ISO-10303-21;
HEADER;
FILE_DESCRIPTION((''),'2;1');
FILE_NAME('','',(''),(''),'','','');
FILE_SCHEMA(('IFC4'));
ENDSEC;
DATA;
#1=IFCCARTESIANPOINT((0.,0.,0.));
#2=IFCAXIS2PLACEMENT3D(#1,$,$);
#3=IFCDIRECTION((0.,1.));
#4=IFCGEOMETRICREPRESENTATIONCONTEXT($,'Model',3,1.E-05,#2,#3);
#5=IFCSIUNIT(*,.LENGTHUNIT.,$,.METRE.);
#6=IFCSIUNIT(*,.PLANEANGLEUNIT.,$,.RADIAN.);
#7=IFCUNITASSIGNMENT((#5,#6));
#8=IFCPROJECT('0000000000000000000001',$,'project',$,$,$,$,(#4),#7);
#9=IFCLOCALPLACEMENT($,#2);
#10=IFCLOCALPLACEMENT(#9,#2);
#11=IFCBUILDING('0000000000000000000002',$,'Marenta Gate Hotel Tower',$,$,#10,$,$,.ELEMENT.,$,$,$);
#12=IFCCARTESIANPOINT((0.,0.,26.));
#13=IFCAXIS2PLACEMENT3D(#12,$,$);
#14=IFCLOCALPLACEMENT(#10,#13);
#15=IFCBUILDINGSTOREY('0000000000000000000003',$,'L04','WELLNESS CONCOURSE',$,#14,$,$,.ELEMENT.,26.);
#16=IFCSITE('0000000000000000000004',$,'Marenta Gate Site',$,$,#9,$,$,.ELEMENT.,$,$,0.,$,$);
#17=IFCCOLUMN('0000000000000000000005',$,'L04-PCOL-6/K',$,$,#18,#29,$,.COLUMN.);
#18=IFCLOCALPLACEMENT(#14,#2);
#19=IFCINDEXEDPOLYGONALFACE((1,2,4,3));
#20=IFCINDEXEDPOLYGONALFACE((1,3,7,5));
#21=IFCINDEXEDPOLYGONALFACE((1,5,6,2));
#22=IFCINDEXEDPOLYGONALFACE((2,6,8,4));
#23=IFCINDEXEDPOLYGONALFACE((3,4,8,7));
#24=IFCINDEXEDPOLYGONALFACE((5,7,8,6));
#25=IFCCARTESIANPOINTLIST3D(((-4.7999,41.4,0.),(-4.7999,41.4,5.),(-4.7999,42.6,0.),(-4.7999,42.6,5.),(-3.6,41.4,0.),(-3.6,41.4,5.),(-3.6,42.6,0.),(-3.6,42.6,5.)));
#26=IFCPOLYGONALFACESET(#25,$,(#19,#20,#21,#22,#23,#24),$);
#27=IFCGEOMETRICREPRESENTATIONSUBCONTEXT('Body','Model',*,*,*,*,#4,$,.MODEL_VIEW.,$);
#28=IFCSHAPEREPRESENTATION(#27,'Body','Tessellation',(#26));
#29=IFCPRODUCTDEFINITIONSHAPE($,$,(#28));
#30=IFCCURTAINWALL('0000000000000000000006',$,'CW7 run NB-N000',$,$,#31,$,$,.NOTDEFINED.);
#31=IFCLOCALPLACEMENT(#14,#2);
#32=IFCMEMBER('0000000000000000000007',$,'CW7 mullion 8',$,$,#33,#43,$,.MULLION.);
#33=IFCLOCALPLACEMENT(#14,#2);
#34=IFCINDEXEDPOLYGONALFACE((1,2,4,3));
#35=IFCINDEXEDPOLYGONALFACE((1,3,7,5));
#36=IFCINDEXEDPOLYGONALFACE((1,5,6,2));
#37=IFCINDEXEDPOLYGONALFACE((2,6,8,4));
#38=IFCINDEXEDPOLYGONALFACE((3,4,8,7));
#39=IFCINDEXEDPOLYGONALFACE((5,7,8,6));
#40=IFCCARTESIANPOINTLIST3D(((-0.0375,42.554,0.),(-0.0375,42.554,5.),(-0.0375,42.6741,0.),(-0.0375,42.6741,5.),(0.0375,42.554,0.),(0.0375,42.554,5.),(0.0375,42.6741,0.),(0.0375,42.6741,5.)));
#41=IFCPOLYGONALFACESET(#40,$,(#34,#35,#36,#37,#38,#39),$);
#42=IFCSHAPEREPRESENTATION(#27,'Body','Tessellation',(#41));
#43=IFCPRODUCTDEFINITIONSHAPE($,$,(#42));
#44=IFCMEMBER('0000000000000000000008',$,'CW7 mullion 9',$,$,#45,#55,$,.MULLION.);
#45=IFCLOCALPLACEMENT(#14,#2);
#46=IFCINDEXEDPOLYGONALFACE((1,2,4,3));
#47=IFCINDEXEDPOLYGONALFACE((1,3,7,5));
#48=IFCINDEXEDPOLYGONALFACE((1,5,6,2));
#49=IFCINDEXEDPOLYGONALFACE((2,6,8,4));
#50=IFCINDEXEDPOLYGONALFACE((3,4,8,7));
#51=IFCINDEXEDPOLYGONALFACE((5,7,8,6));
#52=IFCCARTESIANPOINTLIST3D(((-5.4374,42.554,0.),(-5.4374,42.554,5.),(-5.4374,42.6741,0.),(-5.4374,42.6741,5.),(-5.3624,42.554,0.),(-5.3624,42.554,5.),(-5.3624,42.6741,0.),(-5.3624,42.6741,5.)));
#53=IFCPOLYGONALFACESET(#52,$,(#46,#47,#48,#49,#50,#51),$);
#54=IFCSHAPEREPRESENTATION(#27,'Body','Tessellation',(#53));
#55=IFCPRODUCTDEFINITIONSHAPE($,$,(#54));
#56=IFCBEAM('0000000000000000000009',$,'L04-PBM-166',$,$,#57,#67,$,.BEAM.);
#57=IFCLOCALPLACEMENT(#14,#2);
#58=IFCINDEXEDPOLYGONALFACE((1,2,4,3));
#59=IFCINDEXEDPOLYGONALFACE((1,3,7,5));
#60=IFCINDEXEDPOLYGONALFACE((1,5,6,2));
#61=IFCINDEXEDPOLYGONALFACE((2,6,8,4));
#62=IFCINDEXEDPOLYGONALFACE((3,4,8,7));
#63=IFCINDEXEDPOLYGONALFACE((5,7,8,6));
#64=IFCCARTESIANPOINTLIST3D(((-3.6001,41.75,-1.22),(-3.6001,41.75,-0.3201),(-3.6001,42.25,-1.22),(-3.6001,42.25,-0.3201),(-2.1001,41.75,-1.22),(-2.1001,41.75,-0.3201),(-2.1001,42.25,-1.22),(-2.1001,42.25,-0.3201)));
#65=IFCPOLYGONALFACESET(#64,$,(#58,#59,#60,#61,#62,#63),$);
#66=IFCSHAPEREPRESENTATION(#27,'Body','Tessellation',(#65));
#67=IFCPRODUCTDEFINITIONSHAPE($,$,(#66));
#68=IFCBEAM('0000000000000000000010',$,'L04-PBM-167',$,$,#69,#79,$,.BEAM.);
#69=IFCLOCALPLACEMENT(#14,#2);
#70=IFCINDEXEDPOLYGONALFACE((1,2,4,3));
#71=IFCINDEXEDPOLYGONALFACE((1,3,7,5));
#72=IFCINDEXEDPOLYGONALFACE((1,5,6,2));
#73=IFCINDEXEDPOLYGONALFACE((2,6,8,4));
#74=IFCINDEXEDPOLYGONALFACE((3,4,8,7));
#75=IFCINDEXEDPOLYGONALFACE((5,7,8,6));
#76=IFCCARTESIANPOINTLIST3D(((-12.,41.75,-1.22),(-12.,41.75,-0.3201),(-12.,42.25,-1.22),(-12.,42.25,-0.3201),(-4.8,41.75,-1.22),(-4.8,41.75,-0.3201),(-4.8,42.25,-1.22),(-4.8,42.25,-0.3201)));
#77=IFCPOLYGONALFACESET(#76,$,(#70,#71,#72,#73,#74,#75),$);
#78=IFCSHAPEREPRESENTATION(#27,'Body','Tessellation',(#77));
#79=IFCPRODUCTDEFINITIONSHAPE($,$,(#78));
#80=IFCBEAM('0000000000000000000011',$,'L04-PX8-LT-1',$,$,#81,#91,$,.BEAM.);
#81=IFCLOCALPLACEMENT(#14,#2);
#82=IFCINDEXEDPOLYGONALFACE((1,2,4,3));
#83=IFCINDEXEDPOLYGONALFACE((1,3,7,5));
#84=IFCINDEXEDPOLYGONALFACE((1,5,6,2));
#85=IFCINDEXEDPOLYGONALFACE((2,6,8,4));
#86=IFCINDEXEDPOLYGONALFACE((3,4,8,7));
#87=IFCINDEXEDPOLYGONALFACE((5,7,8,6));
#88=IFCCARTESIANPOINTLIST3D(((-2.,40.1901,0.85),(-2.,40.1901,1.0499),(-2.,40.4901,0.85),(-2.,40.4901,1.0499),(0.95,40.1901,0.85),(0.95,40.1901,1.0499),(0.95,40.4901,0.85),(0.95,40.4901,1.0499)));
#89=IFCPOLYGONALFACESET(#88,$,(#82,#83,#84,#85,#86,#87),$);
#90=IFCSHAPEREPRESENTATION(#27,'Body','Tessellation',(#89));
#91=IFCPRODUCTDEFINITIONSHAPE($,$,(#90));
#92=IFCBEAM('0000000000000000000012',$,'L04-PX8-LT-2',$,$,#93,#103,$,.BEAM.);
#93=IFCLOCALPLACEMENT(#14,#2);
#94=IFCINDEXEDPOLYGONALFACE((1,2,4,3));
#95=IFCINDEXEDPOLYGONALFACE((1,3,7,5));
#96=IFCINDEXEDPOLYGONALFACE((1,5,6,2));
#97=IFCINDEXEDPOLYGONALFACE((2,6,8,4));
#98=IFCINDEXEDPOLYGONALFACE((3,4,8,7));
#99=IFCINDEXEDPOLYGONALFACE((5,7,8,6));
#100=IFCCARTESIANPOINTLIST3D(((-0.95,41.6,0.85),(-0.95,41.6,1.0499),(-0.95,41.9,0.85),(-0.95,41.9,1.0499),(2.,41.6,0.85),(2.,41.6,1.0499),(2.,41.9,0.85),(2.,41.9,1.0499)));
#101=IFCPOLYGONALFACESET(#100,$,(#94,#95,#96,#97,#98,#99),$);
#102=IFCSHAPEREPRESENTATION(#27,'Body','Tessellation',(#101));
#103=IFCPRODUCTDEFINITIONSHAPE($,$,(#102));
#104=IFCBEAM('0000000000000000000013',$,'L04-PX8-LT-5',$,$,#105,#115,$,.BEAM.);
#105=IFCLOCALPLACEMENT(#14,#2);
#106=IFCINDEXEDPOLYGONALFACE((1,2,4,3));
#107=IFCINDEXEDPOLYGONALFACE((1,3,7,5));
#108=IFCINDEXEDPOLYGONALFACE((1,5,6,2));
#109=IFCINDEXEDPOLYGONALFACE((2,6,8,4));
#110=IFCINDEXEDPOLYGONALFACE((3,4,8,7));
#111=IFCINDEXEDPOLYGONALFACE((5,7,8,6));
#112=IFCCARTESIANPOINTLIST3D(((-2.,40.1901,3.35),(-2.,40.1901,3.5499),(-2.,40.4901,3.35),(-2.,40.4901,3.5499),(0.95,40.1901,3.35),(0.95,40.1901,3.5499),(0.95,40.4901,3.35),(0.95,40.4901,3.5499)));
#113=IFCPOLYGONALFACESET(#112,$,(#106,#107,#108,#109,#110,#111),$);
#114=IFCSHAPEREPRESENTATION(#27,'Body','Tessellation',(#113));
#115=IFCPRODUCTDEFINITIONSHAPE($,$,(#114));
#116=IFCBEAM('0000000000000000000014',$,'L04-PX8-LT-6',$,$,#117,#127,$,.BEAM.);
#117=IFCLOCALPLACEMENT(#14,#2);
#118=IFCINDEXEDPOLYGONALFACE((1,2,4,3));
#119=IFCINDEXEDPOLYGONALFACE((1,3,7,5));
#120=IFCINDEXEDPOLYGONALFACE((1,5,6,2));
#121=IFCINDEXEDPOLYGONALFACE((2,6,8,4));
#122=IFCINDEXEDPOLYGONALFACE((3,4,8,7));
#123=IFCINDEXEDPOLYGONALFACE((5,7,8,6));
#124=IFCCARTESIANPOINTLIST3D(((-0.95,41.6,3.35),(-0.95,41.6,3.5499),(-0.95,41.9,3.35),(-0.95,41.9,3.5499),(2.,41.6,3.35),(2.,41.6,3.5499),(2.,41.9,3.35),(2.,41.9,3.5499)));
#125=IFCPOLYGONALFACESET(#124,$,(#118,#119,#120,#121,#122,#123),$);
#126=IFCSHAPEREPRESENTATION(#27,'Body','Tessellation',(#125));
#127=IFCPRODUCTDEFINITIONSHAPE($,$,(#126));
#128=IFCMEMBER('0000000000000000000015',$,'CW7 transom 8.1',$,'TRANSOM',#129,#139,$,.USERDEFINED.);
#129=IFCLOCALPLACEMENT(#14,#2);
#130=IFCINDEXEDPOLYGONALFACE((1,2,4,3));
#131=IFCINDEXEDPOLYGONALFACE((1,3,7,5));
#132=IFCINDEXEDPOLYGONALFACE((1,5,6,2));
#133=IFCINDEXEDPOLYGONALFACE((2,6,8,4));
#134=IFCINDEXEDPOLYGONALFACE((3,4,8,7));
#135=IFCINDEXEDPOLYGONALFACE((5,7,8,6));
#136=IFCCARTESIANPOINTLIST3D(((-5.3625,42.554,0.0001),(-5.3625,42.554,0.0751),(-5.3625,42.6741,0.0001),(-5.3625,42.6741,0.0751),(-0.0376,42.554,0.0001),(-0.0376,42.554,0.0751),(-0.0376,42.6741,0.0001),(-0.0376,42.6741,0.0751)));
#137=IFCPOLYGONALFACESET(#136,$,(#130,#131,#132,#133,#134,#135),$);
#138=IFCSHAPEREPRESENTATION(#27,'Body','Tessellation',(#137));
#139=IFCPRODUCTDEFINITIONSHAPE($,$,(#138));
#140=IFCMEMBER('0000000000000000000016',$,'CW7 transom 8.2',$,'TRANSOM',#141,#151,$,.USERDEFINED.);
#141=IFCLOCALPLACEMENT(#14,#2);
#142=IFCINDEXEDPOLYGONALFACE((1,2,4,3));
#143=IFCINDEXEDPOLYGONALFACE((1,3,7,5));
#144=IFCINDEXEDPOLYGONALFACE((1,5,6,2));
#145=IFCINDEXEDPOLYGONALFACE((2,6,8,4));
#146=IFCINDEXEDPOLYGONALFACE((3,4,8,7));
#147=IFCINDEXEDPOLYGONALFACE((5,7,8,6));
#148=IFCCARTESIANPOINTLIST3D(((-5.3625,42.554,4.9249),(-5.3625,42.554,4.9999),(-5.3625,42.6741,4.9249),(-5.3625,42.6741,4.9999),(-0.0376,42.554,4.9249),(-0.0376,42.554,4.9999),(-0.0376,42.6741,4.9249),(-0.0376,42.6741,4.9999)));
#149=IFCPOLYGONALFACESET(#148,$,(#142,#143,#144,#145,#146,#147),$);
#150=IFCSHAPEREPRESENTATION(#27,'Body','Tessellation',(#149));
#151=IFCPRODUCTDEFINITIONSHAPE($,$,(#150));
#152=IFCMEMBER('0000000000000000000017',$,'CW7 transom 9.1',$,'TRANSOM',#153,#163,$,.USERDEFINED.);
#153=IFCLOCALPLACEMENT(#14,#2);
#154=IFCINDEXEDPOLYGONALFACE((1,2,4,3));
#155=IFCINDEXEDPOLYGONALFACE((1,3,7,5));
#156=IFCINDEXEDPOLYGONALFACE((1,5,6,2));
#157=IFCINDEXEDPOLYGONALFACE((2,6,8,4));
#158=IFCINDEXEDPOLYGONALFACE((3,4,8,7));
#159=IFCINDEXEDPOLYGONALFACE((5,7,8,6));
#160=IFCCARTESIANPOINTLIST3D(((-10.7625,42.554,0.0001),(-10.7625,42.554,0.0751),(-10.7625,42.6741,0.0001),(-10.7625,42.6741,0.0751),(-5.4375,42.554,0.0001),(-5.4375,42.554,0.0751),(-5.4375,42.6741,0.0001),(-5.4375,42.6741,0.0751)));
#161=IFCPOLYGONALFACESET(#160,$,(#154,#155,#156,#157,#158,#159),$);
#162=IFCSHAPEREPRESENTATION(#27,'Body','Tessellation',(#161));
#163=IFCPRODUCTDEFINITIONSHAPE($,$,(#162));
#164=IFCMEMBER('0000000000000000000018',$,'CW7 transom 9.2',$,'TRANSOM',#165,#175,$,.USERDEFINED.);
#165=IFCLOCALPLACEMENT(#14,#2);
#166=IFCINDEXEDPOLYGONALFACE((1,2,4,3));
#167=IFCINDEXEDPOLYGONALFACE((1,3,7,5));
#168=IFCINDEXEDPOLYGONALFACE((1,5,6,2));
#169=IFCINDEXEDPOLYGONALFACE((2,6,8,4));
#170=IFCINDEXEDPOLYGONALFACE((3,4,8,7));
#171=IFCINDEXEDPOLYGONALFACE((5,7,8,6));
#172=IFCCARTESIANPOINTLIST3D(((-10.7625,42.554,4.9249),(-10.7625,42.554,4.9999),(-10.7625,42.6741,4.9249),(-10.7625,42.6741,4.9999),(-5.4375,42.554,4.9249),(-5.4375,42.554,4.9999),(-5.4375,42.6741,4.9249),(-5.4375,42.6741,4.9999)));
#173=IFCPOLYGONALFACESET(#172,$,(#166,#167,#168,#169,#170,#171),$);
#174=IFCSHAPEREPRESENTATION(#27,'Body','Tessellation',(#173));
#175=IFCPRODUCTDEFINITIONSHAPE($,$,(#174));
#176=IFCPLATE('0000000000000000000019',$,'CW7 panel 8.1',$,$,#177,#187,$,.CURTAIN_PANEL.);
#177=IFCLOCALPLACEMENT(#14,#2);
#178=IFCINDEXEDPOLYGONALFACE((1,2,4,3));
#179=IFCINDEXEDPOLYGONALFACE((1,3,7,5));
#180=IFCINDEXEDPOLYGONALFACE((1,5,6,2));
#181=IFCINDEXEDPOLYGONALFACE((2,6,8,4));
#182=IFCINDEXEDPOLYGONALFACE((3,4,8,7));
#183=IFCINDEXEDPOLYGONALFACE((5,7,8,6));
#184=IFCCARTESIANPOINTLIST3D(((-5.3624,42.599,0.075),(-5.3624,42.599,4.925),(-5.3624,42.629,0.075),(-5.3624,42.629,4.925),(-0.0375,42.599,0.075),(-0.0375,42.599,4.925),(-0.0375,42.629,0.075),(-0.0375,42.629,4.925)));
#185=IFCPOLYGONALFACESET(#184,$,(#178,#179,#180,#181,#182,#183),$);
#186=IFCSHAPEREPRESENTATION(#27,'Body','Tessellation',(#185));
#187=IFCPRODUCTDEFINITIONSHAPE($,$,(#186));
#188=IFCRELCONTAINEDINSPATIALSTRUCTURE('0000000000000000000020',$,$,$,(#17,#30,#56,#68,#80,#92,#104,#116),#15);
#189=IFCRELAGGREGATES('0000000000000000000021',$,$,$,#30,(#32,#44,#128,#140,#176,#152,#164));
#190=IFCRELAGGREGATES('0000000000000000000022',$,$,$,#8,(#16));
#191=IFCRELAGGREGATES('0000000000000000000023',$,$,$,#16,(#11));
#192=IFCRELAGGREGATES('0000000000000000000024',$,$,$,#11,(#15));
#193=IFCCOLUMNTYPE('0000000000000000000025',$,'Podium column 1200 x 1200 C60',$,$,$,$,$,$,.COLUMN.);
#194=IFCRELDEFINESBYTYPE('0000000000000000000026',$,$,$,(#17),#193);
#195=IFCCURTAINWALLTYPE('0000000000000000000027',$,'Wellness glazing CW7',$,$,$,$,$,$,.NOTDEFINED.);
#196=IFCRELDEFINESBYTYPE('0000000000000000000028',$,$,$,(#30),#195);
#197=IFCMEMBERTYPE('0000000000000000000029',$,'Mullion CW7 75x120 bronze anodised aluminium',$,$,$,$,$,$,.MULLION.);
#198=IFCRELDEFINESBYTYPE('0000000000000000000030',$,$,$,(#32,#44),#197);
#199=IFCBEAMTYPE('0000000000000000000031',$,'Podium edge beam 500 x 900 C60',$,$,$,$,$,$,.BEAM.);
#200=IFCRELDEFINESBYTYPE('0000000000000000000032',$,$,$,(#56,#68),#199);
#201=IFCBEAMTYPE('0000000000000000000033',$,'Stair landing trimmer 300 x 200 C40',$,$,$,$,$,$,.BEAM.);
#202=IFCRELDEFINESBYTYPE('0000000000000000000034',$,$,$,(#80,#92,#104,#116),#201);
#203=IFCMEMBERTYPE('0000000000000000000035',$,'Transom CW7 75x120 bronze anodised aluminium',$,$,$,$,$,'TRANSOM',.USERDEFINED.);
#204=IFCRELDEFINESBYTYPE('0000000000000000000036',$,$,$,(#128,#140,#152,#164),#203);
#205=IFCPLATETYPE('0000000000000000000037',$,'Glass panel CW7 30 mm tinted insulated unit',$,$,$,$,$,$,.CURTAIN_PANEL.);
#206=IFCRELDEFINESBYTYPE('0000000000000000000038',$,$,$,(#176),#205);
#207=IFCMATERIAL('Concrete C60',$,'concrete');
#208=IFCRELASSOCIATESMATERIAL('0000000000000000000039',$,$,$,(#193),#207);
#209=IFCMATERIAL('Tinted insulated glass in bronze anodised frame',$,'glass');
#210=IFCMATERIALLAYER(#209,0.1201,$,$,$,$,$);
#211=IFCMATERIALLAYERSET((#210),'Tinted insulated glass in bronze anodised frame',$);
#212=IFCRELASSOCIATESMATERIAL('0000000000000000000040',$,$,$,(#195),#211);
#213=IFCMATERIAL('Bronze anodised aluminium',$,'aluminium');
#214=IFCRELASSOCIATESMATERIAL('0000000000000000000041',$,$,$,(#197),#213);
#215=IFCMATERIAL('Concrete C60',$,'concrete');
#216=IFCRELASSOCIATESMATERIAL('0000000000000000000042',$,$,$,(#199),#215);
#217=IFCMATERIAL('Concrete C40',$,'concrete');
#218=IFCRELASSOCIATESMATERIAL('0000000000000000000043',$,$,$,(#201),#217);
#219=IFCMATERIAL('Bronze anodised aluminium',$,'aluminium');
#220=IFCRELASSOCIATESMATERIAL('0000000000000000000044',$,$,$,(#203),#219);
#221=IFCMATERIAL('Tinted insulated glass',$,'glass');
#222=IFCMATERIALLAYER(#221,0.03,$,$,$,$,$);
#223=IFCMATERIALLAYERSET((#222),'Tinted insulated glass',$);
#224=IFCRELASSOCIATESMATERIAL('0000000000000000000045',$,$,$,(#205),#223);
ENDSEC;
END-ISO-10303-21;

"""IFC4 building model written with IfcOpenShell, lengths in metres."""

from ifc_helpers import new_model, si_unit, direction, frame, origin, origin_2d, place, context, subcontext, project, spatial, rectangle, extrude, material, layer, layer_set, material_profile, profile_set, type_object, element, aggregate, save


model = new_model("IFC4")

# Units and contexts
model_context = context("Model", 3, precision=1e-05, world=origin(), true_north=direction((0.0, 1.0)))
body_context = subcontext(model_context, "Body", "Model", "MODEL_VIEW")
ifc_project = project(units=[si_unit("LENGTHUNIT", "METRE"), si_unit("PLANEANGLEUNIT", "RADIAN")], contexts=[model_context])

# Site, building, storey
site_placement = place(None, origin())
site = spatial("IfcSite", under=ifc_project, at=site_placement, Name="Marenta Gate Site", CompositionType="ELEMENT", RefElevation=0.0)
building_placement = place(site_placement, origin())
building = spatial("IfcBuilding", under=site, at=building_placement, Name="Marenta Gate Hotel Tower", CompositionType="ELEMENT")
storey_placement = place(building_placement, frame((0.0, 0.0, 26.0)))
storey = spatial("IfcBuildingStorey", under=building, at=storey_placement, Name="L04", Description="WELLNESS CONCOURSE", CompositionType="ELEMENT", Elevation=26.0)

# Column
ifc_material_1 = material(Name="Concrete C60", Category="concrete")
ifc_material_profile_1 = material_profile(ifc_material_1, rectangle(XDim=1.2, YDim=1.2, at=origin_2d()), Name="1200 x 1200")
ifc_profile_set_1 = profile_set([ifc_material_profile_1], Name="Concrete C60")
column_type = type_object("IfcColumnType", Name="Podium column 1200 x 1200 C60", PredefinedType="COLUMN", material=ifc_profile_set_1)
column_placement = place(storey_placement, frame((-4.2, 42.0, 0.0), z_axis=(0.0, 0.0, 1.0), x_axis=(1.0, 0.0, 0.0)))
element("IfcColumn", 1, at=column_placement, inside=storey, type_object=column_type, Name="L04-PCOL-6/K", PredefinedType="COLUMN", context=body_context, shape_type="SweptSolid", body=[
    extrude(rectangle(XDim=1.2, YDim=1.2, at=origin_2d()), origin(), (0.0, 0.0, 1.0), 5.0),
])

# Curtain wall, members
ifc_material_2 = material(Name="Tinted insulated glass in bronze anodised frame", Category="glass")
ifc_layer_1 = layer(ifc_material_2, 0.1201)
ifc_layer_set_1 = layer_set([ifc_layer_1], Name="Tinted insulated glass in bronze anodised frame")
curtain_wall_type = type_object("IfcCurtainWallType", Name="Wellness glazing CW7", PredefinedType="NOTDEFINED", material=ifc_layer_set_1)
curtain_wall_placement = place(storey_placement, origin())
curtain_wall = element("IfcCurtainWall", 2, at=curtain_wall_placement, inside=storey, type_object=curtain_wall_type, Name="CW7 run NB-N000", PredefinedType="NOTDEFINED")
ifc_material_3 = material(Name="Bronze anodised aluminium", Category="aluminium")
ifc_material_profile_2 = material_profile(ifc_material_3, rectangle(XDim=0.1201, YDim=0.075, at=origin_2d()), Name="Mullion CW7 75x120 bronze anodised aluminium")
ifc_profile_set_2 = profile_set([ifc_material_profile_2], Name="Bronze anodised aluminium")
member_type_1 = type_object("IfcMemberType", Name="Mullion CW7 75x120 bronze anodised aluminium", PredefinedType="MULLION", material=ifc_profile_set_2)
member_1_placement = place(storey_placement, frame((0.0, 42.614, 0.0), z_axis=(0.0, 0.0, 1.0), x_axis=(0.0, -1.0, 0.0)))
member_1 = element("IfcMember", 3, at=member_1_placement, type_object=member_type_1, Name="CW7 mullion 8", PredefinedType="MULLION", context=body_context, shape_type="SweptSolid", body=[
    extrude(rectangle(XDim=0.1201, YDim=0.075, at=origin_2d()), origin(), (0.0, 0.0, 1.0), 5.0),
])
member_2_placement = place(storey_placement, frame((-5.3999, 42.614, 0.0), z_axis=(0.0, 0.0, 1.0), x_axis=(0.0, -1.0, 0.0)))
member_2 = element("IfcMember", 4, at=member_2_placement, type_object=member_type_1, Name="CW7 mullion 9", PredefinedType="MULLION", context=body_context, shape_type="SweptSolid", body=[
    extrude(rectangle(XDim=0.1201, YDim=0.075, at=origin_2d()), origin(), (0.0, 0.0, 1.0), 5.0),
])

# Beams
ifc_material_4 = material(Name="Concrete C60", Category="concrete")
ifc_material_profile_3 = material_profile(ifc_material_4, rectangle(XDim=0.5, YDim=0.8999, at=origin_2d()), Name="500 x 900")
ifc_profile_set_3 = profile_set([ifc_material_profile_3], Name="Concrete C60")
beam_type_1 = type_object("IfcBeamType", Name="Podium edge beam 500 x 900 C60", PredefinedType="BEAM", material=ifc_profile_set_3)
beam_1_placement = place(storey_placement, frame((-2.1001, 42.0, -0.77), z_axis=(-1.0, 0.0, 0.0), x_axis=(0.0, -1.0, 0.0)))
element("IfcBeam", 5, at=beam_1_placement, inside=storey, type_object=beam_type_1, Name="L04-PBM-166", PredefinedType="BEAM", context=body_context, shape_type="SweptSolid", body=[
    extrude(rectangle(XDim=0.5, YDim=0.8999, at=origin_2d()), origin(), (0.0, 0.0, 1.0), 1.5),
])
beam_2_placement = place(storey_placement, frame((-4.8, 42.0, -0.77), z_axis=(-1.0, 0.0, 0.0), x_axis=(0.0, -1.0, 0.0)))
element("IfcBeam", 6, at=beam_2_placement, inside=storey, type_object=beam_type_1, Name="L04-PBM-167", PredefinedType="BEAM", context=body_context, shape_type="SweptSolid", body=[
    extrude(rectangle(XDim=0.5, YDim=0.8999, at=origin_2d()), origin(), (0.0, 0.0, 1.0), 7.2),
])
ifc_material_5 = material(Name="Concrete C40", Category="concrete")
ifc_material_profile_4 = material_profile(ifc_material_5, rectangle(XDim=0.3, YDim=0.2, at=origin_2d()), Name="300 x 200")
ifc_profile_set_4 = profile_set([ifc_material_profile_4], Name="Concrete C40")
beam_type_2 = type_object("IfcBeamType", Name="Stair landing trimmer 300 x 200 C40", PredefinedType="BEAM", material=ifc_profile_set_4)
for number, where, z_axis, x_axis, name in (
    (7, (-2.0, 40.3401, 0.95), (1.0, 0.0, 0.0), (0.0, 1.0, 0.0), "L04-PX8-LT-1"),
    (8, (-0.95, 41.75, 0.95), (1.0, 0.0, 0.0), (0.0, 1.0, 0.0), "L04-PX8-LT-2"),
    (9, (-2.0, 40.3401, 3.45), (1.0, 0.0, 0.0), (0.0, 1.0, 0.0), "L04-PX8-LT-5"),
    (10, (-0.95, 41.75, 3.45), (1.0, 0.0, 0.0), (0.0, 1.0, 0.0), "L04-PX8-LT-6"),
):
    element("IfcBeam", number, at=place(storey_placement, frame(where, z_axis=z_axis, x_axis=x_axis)), inside=storey, type_object=beam_type_2, Name=name, PredefinedType="BEAM", context=body_context, shape_type="SweptSolid", body=[
        extrude(rectangle(XDim=0.3, YDim=0.2, at=origin_2d()), origin(), (0.0, 0.0, 1.0), 2.95),
    ])

# Members
ifc_material_6 = material(Name="Bronze anodised aluminium", Category="aluminium")
ifc_material_profile_5 = material_profile(ifc_material_6, rectangle(XDim=0.1201, YDim=0.075, at=origin_2d()), Name="Transom CW7 75x120 bronze anodised aluminium")
ifc_profile_set_5 = profile_set([ifc_material_profile_5], Name="Bronze anodised aluminium")
member_type_2 = type_object("IfcMemberType", Name="Transom CW7 75x120 bronze anodised aluminium", ElementType="TRANSOM", PredefinedType="USERDEFINED", material=ifc_profile_set_5)
member_3_placement = place(storey_placement, frame((-0.0376, 42.614, 0.0376), z_axis=(-1.0, 0.0, 0.0), x_axis=(0.0, -1.0, 0.0)))
member_3 = element("IfcMember", 11, at=member_3_placement, type_object=member_type_2, Name="CW7 transom 8.1", ObjectType="TRANSOM", PredefinedType="USERDEFINED", context=body_context, shape_type="SweptSolid", body=[
    extrude(rectangle(XDim=0.1201, YDim=0.075, at=origin_2d()), origin(), (0.0, 0.0, 1.0), 5.325),
])
member_4_placement = place(storey_placement, frame((-0.0376, 42.614, 4.9624), z_axis=(-1.0, 0.0, 0.0), x_axis=(0.0, -1.0, 0.0)))
member_4 = element("IfcMember", 12, at=member_4_placement, type_object=member_type_2, Name="CW7 transom 8.2", ObjectType="TRANSOM", PredefinedType="USERDEFINED", context=body_context, shape_type="SweptSolid", body=[
    extrude(rectangle(XDim=0.1201, YDim=0.075, at=origin_2d()), origin(), (0.0, 0.0, 1.0), 5.325),
])
member_5_placement = place(storey_placement, frame((-5.4375, 42.614, 0.0376), z_axis=(-1.0, 0.0, 0.0), x_axis=(0.0, -1.0, 0.0)))
member_5 = element("IfcMember", 13, at=member_5_placement, type_object=member_type_2, Name="CW7 transom 9.1", ObjectType="TRANSOM", PredefinedType="USERDEFINED", context=body_context, shape_type="SweptSolid", body=[
    extrude(rectangle(XDim=0.1201, YDim=0.075, at=origin_2d()), origin(), (0.0, 0.0, 1.0), 5.325),
])
member_6_placement = place(storey_placement, frame((-5.4375, 42.614, 4.9624), z_axis=(-1.0, 0.0, 0.0), x_axis=(0.0, -1.0, 0.0)))
member_6 = element("IfcMember", 14, at=member_6_placement, type_object=member_type_2, Name="CW7 transom 9.2", ObjectType="TRANSOM", PredefinedType="USERDEFINED", context=body_context, shape_type="SweptSolid", body=[
    extrude(rectangle(XDim=0.1201, YDim=0.075, at=origin_2d()), origin(), (0.0, 0.0, 1.0), 5.325),
])

# Plate
ifc_material_7 = material(Name="Tinted insulated glass", Category="glass")
ifc_layer_2 = layer(ifc_material_7, 0.03)
ifc_layer_set_2 = layer_set([ifc_layer_2], Name="Tinted insulated glass")
plate_type = type_object("IfcPlateType", Name="Glass panel CW7 30 mm tinted insulated unit", PredefinedType="CURTAIN_PANEL", material=ifc_layer_set_2)
plate_placement = place(storey_placement, frame((-2.7, 42.614, 0.075), z_axis=(0.0, 0.0, 1.0), x_axis=(-1.0, 0.0, 0.0)))
plate = element("IfcPlate", 15, at=plate_placement, type_object=plate_type, Name="CW7 panel 8.1", PredefinedType="CURTAIN_PANEL", context=body_context, shape_type="SweptSolid", body=[
    extrude(rectangle(XDim=5.325, YDim=0.03, at=origin_2d()), origin(), (0.0, 0.0, 1.0), 4.8501),
])
aggregate(curtain_wall, [member_1, member_2, member_3, member_4, plate, member_5, member_6])

save(model, "model.ifc")
